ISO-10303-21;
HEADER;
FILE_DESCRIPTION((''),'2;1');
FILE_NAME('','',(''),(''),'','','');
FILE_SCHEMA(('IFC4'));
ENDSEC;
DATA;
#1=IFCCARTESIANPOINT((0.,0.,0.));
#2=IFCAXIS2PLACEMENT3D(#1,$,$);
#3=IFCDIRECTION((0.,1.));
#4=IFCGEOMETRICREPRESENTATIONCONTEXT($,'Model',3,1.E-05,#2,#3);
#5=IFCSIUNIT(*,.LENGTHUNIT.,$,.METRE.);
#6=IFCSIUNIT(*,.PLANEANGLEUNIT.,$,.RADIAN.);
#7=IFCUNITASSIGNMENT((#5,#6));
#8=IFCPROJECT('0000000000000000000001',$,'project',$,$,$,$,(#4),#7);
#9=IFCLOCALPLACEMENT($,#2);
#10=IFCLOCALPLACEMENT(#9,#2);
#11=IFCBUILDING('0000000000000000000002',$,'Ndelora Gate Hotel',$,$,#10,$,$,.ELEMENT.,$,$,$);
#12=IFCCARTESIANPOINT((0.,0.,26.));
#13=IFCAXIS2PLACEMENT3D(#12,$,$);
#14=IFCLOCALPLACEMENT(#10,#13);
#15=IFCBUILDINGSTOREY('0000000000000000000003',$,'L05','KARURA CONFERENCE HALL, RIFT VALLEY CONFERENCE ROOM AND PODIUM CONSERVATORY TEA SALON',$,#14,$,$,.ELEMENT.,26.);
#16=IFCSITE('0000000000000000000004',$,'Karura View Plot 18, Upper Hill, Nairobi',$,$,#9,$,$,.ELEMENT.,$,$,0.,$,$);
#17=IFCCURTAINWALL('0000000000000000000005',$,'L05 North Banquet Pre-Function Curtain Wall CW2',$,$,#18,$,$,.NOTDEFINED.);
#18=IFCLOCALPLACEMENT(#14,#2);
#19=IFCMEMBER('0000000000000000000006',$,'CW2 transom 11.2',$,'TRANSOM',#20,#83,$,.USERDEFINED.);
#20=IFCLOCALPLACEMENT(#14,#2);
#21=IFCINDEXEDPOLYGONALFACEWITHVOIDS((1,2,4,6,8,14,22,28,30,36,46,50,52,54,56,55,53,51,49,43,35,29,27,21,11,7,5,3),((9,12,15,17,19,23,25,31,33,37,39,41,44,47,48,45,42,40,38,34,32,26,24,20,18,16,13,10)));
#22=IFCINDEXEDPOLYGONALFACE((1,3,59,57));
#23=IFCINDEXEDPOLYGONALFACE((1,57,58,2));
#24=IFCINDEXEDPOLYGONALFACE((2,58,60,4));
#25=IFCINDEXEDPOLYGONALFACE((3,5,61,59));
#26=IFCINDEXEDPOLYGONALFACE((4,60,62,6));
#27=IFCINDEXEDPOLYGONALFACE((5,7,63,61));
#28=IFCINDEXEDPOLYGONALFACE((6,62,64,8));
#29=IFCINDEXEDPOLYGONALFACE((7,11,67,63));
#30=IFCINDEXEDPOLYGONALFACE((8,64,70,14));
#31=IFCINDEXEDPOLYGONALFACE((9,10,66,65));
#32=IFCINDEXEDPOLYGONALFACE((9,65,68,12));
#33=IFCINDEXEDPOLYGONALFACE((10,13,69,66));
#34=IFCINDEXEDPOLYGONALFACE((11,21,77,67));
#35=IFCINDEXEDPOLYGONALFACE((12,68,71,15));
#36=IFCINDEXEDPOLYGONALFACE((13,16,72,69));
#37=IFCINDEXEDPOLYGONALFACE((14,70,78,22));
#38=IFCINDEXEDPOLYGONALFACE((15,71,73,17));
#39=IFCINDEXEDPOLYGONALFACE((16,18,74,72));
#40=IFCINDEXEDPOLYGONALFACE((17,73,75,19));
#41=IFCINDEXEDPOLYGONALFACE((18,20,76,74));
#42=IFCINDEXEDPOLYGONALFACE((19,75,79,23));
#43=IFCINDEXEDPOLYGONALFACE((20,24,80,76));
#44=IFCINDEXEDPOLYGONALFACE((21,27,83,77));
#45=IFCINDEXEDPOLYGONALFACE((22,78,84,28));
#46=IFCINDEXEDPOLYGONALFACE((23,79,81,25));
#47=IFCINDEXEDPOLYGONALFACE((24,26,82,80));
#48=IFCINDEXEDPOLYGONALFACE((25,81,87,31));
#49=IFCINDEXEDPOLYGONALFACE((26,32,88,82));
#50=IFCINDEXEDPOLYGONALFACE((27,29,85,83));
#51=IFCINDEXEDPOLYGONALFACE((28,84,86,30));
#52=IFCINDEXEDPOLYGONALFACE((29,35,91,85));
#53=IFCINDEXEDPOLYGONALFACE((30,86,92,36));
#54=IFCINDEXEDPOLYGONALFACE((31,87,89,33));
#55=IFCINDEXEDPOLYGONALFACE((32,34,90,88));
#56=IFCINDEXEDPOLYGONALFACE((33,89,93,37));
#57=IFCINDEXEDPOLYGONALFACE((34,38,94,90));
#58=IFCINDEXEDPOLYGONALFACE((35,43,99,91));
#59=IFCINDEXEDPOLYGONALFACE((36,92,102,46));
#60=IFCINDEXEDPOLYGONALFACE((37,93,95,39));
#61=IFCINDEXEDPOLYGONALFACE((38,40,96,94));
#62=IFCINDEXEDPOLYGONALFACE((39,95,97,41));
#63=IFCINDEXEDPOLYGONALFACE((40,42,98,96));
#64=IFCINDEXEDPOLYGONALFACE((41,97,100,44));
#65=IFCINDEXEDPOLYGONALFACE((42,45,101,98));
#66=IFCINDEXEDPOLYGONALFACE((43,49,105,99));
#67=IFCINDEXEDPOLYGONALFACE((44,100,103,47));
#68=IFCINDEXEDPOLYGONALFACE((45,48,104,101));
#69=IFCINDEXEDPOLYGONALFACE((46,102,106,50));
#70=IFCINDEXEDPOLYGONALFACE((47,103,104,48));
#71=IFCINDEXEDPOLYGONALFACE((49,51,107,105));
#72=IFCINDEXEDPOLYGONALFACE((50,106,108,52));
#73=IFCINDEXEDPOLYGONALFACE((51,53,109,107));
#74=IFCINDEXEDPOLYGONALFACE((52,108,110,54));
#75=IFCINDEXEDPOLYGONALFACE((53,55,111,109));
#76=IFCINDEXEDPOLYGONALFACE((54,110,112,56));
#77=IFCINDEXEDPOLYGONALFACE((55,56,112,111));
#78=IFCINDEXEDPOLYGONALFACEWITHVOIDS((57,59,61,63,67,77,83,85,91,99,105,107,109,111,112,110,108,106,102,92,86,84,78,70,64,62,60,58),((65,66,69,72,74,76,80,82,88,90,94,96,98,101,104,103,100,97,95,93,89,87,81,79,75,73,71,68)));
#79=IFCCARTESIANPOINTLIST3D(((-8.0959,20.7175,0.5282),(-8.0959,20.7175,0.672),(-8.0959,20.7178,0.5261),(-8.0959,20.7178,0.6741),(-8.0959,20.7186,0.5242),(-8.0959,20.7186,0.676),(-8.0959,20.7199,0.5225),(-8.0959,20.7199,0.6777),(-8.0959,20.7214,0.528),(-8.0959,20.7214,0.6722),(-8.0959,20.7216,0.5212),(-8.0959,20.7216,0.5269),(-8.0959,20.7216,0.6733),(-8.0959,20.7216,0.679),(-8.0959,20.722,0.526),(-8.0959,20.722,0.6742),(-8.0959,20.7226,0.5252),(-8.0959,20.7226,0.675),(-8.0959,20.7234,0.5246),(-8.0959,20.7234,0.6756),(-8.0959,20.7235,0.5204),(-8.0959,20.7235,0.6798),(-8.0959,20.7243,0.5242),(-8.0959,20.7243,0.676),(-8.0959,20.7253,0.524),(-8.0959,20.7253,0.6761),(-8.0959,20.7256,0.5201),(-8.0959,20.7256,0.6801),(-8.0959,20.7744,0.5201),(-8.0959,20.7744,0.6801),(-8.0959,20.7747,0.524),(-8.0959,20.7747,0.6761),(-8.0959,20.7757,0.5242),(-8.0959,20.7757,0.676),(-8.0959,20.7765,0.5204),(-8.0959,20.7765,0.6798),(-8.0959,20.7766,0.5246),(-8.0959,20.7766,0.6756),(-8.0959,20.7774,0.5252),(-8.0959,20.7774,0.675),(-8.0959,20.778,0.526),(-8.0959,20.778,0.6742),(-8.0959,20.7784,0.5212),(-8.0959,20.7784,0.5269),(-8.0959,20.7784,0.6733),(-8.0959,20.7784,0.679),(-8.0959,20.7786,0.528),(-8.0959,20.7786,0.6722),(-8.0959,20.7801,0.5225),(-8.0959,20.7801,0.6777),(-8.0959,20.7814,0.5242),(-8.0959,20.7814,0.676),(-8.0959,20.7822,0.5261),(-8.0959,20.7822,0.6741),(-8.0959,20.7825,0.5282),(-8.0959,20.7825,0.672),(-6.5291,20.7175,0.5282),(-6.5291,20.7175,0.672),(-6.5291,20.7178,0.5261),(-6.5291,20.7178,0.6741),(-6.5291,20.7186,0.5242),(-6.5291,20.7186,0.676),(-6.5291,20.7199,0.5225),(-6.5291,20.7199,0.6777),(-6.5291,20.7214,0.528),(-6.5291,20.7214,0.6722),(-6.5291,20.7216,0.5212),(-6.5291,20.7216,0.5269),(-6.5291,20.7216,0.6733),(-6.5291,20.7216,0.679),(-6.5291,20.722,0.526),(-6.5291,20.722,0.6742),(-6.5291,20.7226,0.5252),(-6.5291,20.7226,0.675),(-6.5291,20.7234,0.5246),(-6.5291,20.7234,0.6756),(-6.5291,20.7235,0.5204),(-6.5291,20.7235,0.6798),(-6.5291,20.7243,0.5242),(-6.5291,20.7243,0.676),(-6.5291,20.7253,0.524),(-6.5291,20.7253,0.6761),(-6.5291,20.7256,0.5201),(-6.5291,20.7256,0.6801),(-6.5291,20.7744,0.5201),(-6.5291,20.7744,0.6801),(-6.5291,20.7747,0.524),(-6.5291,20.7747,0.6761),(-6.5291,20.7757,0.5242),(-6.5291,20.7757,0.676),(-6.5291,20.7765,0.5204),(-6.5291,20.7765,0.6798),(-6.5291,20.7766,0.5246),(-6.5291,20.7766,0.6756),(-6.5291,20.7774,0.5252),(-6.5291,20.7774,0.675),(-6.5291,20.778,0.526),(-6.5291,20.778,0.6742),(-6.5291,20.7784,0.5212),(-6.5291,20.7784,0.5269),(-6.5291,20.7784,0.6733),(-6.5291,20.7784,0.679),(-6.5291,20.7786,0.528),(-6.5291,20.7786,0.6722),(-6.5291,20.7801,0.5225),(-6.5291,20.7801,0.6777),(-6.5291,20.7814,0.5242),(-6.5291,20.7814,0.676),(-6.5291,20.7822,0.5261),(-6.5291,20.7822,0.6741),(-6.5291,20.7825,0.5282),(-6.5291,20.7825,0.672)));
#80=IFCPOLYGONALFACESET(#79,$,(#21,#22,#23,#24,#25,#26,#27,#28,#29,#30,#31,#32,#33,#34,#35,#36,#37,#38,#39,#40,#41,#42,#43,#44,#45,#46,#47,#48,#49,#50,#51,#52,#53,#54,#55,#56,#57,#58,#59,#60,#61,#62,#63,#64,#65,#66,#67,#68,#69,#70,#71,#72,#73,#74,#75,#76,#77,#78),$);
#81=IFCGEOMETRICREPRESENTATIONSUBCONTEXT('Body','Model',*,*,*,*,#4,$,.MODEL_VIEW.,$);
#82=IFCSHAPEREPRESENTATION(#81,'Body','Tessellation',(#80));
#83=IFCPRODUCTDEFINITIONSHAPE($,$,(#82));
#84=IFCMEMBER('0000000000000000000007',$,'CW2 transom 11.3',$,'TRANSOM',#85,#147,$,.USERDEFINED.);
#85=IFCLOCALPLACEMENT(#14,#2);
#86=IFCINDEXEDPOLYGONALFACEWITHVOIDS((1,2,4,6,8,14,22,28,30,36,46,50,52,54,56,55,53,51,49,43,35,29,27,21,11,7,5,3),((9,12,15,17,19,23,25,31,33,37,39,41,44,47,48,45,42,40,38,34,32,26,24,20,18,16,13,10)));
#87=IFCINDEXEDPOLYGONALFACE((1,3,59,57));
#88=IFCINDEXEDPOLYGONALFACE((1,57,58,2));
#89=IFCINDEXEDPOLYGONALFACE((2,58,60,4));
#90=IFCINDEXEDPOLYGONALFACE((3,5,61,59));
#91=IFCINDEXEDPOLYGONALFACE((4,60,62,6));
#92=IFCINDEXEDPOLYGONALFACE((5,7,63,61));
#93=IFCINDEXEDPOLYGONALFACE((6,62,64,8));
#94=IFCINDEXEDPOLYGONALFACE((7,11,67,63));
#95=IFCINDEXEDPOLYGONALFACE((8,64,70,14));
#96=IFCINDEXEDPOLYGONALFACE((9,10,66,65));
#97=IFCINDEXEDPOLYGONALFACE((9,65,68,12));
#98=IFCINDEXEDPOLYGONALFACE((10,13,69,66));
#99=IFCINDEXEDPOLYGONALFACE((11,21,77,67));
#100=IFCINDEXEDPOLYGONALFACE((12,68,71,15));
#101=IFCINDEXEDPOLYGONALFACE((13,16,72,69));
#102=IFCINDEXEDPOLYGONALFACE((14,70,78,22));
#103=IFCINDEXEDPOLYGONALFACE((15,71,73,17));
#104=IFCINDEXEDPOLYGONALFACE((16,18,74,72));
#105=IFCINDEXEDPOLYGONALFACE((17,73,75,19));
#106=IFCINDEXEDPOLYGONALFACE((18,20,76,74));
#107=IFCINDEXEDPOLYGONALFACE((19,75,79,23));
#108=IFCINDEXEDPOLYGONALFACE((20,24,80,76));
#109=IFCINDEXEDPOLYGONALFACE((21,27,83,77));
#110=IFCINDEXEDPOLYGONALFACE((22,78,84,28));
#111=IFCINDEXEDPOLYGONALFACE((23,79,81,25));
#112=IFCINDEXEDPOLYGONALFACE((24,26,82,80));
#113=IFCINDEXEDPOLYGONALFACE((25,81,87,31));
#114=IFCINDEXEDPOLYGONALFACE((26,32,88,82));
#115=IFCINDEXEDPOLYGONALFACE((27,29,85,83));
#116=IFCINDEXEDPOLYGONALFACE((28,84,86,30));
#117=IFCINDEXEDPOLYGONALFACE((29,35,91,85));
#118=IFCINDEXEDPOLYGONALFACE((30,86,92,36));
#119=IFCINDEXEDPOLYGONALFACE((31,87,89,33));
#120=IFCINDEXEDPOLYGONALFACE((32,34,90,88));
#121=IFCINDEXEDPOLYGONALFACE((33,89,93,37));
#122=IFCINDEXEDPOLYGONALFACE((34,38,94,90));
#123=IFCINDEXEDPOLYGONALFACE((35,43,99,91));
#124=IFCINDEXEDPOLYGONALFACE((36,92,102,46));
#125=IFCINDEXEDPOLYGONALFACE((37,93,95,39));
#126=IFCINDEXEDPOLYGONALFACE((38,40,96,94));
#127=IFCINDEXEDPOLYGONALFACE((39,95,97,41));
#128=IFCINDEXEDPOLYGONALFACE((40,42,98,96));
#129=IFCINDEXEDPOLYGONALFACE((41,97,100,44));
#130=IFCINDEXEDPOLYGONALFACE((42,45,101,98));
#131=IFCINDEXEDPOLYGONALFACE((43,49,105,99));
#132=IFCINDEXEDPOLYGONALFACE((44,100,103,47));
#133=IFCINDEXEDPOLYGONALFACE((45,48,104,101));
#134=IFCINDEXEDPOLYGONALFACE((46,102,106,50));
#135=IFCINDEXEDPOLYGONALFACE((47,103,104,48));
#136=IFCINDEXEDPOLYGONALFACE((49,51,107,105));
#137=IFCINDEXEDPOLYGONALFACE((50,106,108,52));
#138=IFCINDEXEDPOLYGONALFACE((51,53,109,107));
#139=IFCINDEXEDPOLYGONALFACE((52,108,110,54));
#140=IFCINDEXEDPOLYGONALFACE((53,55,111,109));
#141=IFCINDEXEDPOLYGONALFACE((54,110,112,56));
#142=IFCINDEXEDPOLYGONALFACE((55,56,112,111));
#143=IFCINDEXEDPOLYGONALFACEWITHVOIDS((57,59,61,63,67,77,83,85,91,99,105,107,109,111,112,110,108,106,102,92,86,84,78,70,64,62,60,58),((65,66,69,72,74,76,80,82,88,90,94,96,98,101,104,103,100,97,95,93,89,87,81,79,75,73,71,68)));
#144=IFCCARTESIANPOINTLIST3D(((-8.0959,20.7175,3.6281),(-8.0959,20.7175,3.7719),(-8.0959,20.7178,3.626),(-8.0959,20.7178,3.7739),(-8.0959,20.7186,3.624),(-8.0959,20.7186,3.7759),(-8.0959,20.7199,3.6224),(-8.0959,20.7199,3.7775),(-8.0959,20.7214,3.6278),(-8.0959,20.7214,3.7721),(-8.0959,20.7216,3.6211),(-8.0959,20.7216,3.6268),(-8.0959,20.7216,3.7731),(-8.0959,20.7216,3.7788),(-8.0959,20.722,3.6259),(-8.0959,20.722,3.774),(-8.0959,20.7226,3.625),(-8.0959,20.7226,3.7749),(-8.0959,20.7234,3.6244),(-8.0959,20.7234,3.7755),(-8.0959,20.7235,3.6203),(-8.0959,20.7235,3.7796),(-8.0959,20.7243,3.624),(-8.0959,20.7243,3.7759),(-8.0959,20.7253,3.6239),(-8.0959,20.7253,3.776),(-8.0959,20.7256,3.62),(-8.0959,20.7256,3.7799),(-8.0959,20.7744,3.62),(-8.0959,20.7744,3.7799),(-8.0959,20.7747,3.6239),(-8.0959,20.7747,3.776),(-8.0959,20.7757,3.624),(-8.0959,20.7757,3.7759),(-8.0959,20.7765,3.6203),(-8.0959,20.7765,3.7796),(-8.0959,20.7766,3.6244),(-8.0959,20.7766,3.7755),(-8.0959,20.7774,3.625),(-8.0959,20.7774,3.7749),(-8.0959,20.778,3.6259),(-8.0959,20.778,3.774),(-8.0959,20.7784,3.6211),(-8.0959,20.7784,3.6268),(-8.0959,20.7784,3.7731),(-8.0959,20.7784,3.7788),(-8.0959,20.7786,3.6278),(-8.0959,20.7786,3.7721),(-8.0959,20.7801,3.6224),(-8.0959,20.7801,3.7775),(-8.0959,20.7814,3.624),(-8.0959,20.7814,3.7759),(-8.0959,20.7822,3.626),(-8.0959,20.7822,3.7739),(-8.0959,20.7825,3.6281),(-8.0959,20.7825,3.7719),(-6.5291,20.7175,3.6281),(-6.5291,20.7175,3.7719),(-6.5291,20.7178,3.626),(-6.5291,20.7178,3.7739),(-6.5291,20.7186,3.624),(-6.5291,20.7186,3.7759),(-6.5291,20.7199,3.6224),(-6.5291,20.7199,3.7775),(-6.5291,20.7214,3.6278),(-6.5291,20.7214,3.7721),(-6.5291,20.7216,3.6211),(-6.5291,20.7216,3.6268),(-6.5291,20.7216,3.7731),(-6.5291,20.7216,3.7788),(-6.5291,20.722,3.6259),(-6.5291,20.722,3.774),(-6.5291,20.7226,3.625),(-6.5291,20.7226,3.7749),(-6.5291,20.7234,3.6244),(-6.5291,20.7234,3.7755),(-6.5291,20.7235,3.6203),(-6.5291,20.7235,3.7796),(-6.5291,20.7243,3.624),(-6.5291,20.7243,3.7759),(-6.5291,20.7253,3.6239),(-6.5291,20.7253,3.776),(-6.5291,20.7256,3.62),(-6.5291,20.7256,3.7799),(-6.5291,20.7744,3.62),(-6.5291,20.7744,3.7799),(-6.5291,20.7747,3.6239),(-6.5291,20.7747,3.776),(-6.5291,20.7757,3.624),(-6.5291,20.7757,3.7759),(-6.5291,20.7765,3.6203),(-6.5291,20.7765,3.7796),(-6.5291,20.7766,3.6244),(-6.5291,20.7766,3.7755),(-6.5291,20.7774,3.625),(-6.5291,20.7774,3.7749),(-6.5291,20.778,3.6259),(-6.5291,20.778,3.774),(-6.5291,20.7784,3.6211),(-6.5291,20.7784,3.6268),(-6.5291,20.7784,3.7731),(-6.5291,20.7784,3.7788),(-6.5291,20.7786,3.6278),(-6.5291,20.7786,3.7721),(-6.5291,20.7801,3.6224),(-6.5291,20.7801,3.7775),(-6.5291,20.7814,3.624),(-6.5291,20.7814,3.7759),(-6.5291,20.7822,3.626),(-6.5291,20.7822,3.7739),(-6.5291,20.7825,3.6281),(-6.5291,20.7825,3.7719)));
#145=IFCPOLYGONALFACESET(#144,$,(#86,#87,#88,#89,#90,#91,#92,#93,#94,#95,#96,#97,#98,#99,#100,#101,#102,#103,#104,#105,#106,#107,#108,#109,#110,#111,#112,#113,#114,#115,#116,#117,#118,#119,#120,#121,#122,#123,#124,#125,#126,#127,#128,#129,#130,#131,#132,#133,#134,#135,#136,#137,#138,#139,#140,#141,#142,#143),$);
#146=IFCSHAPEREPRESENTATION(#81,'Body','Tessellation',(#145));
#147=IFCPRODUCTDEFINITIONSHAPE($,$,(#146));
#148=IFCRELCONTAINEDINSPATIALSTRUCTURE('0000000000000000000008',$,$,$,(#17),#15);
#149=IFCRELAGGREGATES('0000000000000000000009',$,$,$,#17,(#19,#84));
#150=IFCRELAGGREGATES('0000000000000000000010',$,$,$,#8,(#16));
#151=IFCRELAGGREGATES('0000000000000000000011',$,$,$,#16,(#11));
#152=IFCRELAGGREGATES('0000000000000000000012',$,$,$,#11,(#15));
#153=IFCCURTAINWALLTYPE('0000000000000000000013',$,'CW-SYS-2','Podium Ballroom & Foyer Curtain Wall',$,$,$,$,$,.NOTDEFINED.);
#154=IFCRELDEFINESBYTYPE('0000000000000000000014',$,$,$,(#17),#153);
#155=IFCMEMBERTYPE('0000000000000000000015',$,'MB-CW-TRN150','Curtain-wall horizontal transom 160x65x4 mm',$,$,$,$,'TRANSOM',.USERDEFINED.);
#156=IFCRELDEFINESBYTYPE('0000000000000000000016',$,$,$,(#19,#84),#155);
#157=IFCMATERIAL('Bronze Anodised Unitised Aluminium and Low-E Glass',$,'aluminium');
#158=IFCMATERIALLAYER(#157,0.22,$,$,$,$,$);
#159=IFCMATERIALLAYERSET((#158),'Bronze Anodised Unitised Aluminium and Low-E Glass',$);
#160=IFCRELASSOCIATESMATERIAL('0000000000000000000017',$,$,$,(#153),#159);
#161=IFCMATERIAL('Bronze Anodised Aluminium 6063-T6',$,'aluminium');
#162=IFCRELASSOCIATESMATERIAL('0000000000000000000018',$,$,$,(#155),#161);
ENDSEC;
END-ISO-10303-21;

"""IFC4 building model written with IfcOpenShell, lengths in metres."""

from ifc_helpers import new_model, si_unit, direction, frame, origin, origin_2d, place, context, subcontext, project, spatial, hollow_rectangle, extrude, material, layer, layer_set, material_profile, profile_set, type_object, element, aggregate, save


model = new_model("IFC4")

# Units and contexts
model_context = context("Model", 3, precision=1e-05, world=origin(), true_north=direction((0.0, 1.0)))
body_context = subcontext(model_context, "Body", "Model", "MODEL_VIEW")
ifc_project = project(units=[si_unit("LENGTHUNIT", "METRE"), si_unit("PLANEANGLEUNIT", "RADIAN")], contexts=[model_context])

# Site, building, storey
site_placement = place(None, origin())
site = spatial("IfcSite", under=ifc_project, at=site_placement, Name="Karura View Plot 18, Upper Hill, Nairobi", CompositionType="ELEMENT", RefElevation=0.0)
building_placement = place(site_placement, origin())
building = spatial("IfcBuilding", under=site, at=building_placement, Name="Ndelora Gate Hotel", CompositionType="ELEMENT")
storey_placement = place(building_placement, frame((0.0, 0.0, 26.0)))
storey = spatial("IfcBuildingStorey", under=building, at=storey_placement, Name="L05", Description="KARURA CONFERENCE HALL, RIFT VALLEY CONFERENCE ROOM AND PODIUM CONSERVATORY TEA SALON", CompositionType="ELEMENT", Elevation=26.0)

# Curtain wall, members
ifc_material_1 = material(Name="Bronze Anodised Unitised Aluminium and Low-E Glass", Category="aluminium")
ifc_layer_1 = layer(ifc_material_1, 0.22)
ifc_layer_set_1 = layer_set([ifc_layer_1], Name="Bronze Anodised Unitised Aluminium and Low-E Glass")
curtain_wall_type = type_object("IfcCurtainWallType", Name="CW-SYS-2", Description="Podium Ballroom & Foyer Curtain Wall", PredefinedType="NOTDEFINED", material=ifc_layer_set_1)
curtain_wall_placement = place(storey_placement, origin())
curtain_wall = element("IfcCurtainWall", 1, at=curtain_wall_placement, inside=storey, type_object=curtain_wall_type, Name="L05 North Banquet Pre-Function Curtain Wall CW2", PredefinedType="NOTDEFINED")
ifc_material_2 = material(Name="Bronze Anodised Aluminium 6063-T6", Category="aluminium")
ifc_material_profile_1 = material_profile(ifc_material_2, hollow_rectangle(XDim=0.0649, YDim=0.1599, WallThickness=0.0039, InnerFilletRadius=0.0039, OuterFilletRadius=0.0081, at=origin_2d()), Name="ALU 160x65x4")
ifc_profile_set_1 = profile_set([ifc_material_profile_1], Name="Bronze Anodised Aluminium 6063-T6")
member_type_1 = type_object("IfcMemberType", Name="MB-CW-TRN150", Description="Curtain-wall horizontal transom 160x65x4 mm", ElementType="TRANSOM", PredefinedType="USERDEFINED", material=ifc_profile_set_1)
member_1_placement = place(storey_placement, frame((-6.5291, 20.75, 0.6001), z_axis=(-1.0, 0.0, 0.0), x_axis=(0.0, -1.0, 0.0)))
member_1 = element("IfcMember", 2, at=member_1_placement, type_object=member_type_1, Name="CW2 transom 11.2", ObjectType="TRANSOM", PredefinedType="USERDEFINED", context=body_context, shape_type="SweptSolid", body=[
    extrude(hollow_rectangle(XDim=0.0649, YDim=0.1599, WallThickness=0.0039, InnerFilletRadius=0.0039, OuterFilletRadius=0.0081, at=origin_2d()), origin(), (0.0, 0.0, 1.0), 1.5669),
])
member_2_placement = place(storey_placement, frame((-6.5291, 20.75, 3.7), z_axis=(-1.0, 0.0, 0.0), x_axis=(0.0, -1.0, 0.0)))
member_2 = element("IfcMember", 3, at=member_2_placement, type_object=member_type_1, Name="CW2 transom 11.3", ObjectType="TRANSOM", PredefinedType="USERDEFINED", context=body_context, shape_type="SweptSolid", body=[
    extrude(hollow_rectangle(XDim=0.0649, YDim=0.1599, WallThickness=0.0039, InnerFilletRadius=0.0039, OuterFilletRadius=0.0081, at=origin_2d()), origin(), (0.0, 0.0, 1.0), 1.5669),
])
aggregate(curtain_wall, [member_1, member_2])

save(model, "model.ifc")
